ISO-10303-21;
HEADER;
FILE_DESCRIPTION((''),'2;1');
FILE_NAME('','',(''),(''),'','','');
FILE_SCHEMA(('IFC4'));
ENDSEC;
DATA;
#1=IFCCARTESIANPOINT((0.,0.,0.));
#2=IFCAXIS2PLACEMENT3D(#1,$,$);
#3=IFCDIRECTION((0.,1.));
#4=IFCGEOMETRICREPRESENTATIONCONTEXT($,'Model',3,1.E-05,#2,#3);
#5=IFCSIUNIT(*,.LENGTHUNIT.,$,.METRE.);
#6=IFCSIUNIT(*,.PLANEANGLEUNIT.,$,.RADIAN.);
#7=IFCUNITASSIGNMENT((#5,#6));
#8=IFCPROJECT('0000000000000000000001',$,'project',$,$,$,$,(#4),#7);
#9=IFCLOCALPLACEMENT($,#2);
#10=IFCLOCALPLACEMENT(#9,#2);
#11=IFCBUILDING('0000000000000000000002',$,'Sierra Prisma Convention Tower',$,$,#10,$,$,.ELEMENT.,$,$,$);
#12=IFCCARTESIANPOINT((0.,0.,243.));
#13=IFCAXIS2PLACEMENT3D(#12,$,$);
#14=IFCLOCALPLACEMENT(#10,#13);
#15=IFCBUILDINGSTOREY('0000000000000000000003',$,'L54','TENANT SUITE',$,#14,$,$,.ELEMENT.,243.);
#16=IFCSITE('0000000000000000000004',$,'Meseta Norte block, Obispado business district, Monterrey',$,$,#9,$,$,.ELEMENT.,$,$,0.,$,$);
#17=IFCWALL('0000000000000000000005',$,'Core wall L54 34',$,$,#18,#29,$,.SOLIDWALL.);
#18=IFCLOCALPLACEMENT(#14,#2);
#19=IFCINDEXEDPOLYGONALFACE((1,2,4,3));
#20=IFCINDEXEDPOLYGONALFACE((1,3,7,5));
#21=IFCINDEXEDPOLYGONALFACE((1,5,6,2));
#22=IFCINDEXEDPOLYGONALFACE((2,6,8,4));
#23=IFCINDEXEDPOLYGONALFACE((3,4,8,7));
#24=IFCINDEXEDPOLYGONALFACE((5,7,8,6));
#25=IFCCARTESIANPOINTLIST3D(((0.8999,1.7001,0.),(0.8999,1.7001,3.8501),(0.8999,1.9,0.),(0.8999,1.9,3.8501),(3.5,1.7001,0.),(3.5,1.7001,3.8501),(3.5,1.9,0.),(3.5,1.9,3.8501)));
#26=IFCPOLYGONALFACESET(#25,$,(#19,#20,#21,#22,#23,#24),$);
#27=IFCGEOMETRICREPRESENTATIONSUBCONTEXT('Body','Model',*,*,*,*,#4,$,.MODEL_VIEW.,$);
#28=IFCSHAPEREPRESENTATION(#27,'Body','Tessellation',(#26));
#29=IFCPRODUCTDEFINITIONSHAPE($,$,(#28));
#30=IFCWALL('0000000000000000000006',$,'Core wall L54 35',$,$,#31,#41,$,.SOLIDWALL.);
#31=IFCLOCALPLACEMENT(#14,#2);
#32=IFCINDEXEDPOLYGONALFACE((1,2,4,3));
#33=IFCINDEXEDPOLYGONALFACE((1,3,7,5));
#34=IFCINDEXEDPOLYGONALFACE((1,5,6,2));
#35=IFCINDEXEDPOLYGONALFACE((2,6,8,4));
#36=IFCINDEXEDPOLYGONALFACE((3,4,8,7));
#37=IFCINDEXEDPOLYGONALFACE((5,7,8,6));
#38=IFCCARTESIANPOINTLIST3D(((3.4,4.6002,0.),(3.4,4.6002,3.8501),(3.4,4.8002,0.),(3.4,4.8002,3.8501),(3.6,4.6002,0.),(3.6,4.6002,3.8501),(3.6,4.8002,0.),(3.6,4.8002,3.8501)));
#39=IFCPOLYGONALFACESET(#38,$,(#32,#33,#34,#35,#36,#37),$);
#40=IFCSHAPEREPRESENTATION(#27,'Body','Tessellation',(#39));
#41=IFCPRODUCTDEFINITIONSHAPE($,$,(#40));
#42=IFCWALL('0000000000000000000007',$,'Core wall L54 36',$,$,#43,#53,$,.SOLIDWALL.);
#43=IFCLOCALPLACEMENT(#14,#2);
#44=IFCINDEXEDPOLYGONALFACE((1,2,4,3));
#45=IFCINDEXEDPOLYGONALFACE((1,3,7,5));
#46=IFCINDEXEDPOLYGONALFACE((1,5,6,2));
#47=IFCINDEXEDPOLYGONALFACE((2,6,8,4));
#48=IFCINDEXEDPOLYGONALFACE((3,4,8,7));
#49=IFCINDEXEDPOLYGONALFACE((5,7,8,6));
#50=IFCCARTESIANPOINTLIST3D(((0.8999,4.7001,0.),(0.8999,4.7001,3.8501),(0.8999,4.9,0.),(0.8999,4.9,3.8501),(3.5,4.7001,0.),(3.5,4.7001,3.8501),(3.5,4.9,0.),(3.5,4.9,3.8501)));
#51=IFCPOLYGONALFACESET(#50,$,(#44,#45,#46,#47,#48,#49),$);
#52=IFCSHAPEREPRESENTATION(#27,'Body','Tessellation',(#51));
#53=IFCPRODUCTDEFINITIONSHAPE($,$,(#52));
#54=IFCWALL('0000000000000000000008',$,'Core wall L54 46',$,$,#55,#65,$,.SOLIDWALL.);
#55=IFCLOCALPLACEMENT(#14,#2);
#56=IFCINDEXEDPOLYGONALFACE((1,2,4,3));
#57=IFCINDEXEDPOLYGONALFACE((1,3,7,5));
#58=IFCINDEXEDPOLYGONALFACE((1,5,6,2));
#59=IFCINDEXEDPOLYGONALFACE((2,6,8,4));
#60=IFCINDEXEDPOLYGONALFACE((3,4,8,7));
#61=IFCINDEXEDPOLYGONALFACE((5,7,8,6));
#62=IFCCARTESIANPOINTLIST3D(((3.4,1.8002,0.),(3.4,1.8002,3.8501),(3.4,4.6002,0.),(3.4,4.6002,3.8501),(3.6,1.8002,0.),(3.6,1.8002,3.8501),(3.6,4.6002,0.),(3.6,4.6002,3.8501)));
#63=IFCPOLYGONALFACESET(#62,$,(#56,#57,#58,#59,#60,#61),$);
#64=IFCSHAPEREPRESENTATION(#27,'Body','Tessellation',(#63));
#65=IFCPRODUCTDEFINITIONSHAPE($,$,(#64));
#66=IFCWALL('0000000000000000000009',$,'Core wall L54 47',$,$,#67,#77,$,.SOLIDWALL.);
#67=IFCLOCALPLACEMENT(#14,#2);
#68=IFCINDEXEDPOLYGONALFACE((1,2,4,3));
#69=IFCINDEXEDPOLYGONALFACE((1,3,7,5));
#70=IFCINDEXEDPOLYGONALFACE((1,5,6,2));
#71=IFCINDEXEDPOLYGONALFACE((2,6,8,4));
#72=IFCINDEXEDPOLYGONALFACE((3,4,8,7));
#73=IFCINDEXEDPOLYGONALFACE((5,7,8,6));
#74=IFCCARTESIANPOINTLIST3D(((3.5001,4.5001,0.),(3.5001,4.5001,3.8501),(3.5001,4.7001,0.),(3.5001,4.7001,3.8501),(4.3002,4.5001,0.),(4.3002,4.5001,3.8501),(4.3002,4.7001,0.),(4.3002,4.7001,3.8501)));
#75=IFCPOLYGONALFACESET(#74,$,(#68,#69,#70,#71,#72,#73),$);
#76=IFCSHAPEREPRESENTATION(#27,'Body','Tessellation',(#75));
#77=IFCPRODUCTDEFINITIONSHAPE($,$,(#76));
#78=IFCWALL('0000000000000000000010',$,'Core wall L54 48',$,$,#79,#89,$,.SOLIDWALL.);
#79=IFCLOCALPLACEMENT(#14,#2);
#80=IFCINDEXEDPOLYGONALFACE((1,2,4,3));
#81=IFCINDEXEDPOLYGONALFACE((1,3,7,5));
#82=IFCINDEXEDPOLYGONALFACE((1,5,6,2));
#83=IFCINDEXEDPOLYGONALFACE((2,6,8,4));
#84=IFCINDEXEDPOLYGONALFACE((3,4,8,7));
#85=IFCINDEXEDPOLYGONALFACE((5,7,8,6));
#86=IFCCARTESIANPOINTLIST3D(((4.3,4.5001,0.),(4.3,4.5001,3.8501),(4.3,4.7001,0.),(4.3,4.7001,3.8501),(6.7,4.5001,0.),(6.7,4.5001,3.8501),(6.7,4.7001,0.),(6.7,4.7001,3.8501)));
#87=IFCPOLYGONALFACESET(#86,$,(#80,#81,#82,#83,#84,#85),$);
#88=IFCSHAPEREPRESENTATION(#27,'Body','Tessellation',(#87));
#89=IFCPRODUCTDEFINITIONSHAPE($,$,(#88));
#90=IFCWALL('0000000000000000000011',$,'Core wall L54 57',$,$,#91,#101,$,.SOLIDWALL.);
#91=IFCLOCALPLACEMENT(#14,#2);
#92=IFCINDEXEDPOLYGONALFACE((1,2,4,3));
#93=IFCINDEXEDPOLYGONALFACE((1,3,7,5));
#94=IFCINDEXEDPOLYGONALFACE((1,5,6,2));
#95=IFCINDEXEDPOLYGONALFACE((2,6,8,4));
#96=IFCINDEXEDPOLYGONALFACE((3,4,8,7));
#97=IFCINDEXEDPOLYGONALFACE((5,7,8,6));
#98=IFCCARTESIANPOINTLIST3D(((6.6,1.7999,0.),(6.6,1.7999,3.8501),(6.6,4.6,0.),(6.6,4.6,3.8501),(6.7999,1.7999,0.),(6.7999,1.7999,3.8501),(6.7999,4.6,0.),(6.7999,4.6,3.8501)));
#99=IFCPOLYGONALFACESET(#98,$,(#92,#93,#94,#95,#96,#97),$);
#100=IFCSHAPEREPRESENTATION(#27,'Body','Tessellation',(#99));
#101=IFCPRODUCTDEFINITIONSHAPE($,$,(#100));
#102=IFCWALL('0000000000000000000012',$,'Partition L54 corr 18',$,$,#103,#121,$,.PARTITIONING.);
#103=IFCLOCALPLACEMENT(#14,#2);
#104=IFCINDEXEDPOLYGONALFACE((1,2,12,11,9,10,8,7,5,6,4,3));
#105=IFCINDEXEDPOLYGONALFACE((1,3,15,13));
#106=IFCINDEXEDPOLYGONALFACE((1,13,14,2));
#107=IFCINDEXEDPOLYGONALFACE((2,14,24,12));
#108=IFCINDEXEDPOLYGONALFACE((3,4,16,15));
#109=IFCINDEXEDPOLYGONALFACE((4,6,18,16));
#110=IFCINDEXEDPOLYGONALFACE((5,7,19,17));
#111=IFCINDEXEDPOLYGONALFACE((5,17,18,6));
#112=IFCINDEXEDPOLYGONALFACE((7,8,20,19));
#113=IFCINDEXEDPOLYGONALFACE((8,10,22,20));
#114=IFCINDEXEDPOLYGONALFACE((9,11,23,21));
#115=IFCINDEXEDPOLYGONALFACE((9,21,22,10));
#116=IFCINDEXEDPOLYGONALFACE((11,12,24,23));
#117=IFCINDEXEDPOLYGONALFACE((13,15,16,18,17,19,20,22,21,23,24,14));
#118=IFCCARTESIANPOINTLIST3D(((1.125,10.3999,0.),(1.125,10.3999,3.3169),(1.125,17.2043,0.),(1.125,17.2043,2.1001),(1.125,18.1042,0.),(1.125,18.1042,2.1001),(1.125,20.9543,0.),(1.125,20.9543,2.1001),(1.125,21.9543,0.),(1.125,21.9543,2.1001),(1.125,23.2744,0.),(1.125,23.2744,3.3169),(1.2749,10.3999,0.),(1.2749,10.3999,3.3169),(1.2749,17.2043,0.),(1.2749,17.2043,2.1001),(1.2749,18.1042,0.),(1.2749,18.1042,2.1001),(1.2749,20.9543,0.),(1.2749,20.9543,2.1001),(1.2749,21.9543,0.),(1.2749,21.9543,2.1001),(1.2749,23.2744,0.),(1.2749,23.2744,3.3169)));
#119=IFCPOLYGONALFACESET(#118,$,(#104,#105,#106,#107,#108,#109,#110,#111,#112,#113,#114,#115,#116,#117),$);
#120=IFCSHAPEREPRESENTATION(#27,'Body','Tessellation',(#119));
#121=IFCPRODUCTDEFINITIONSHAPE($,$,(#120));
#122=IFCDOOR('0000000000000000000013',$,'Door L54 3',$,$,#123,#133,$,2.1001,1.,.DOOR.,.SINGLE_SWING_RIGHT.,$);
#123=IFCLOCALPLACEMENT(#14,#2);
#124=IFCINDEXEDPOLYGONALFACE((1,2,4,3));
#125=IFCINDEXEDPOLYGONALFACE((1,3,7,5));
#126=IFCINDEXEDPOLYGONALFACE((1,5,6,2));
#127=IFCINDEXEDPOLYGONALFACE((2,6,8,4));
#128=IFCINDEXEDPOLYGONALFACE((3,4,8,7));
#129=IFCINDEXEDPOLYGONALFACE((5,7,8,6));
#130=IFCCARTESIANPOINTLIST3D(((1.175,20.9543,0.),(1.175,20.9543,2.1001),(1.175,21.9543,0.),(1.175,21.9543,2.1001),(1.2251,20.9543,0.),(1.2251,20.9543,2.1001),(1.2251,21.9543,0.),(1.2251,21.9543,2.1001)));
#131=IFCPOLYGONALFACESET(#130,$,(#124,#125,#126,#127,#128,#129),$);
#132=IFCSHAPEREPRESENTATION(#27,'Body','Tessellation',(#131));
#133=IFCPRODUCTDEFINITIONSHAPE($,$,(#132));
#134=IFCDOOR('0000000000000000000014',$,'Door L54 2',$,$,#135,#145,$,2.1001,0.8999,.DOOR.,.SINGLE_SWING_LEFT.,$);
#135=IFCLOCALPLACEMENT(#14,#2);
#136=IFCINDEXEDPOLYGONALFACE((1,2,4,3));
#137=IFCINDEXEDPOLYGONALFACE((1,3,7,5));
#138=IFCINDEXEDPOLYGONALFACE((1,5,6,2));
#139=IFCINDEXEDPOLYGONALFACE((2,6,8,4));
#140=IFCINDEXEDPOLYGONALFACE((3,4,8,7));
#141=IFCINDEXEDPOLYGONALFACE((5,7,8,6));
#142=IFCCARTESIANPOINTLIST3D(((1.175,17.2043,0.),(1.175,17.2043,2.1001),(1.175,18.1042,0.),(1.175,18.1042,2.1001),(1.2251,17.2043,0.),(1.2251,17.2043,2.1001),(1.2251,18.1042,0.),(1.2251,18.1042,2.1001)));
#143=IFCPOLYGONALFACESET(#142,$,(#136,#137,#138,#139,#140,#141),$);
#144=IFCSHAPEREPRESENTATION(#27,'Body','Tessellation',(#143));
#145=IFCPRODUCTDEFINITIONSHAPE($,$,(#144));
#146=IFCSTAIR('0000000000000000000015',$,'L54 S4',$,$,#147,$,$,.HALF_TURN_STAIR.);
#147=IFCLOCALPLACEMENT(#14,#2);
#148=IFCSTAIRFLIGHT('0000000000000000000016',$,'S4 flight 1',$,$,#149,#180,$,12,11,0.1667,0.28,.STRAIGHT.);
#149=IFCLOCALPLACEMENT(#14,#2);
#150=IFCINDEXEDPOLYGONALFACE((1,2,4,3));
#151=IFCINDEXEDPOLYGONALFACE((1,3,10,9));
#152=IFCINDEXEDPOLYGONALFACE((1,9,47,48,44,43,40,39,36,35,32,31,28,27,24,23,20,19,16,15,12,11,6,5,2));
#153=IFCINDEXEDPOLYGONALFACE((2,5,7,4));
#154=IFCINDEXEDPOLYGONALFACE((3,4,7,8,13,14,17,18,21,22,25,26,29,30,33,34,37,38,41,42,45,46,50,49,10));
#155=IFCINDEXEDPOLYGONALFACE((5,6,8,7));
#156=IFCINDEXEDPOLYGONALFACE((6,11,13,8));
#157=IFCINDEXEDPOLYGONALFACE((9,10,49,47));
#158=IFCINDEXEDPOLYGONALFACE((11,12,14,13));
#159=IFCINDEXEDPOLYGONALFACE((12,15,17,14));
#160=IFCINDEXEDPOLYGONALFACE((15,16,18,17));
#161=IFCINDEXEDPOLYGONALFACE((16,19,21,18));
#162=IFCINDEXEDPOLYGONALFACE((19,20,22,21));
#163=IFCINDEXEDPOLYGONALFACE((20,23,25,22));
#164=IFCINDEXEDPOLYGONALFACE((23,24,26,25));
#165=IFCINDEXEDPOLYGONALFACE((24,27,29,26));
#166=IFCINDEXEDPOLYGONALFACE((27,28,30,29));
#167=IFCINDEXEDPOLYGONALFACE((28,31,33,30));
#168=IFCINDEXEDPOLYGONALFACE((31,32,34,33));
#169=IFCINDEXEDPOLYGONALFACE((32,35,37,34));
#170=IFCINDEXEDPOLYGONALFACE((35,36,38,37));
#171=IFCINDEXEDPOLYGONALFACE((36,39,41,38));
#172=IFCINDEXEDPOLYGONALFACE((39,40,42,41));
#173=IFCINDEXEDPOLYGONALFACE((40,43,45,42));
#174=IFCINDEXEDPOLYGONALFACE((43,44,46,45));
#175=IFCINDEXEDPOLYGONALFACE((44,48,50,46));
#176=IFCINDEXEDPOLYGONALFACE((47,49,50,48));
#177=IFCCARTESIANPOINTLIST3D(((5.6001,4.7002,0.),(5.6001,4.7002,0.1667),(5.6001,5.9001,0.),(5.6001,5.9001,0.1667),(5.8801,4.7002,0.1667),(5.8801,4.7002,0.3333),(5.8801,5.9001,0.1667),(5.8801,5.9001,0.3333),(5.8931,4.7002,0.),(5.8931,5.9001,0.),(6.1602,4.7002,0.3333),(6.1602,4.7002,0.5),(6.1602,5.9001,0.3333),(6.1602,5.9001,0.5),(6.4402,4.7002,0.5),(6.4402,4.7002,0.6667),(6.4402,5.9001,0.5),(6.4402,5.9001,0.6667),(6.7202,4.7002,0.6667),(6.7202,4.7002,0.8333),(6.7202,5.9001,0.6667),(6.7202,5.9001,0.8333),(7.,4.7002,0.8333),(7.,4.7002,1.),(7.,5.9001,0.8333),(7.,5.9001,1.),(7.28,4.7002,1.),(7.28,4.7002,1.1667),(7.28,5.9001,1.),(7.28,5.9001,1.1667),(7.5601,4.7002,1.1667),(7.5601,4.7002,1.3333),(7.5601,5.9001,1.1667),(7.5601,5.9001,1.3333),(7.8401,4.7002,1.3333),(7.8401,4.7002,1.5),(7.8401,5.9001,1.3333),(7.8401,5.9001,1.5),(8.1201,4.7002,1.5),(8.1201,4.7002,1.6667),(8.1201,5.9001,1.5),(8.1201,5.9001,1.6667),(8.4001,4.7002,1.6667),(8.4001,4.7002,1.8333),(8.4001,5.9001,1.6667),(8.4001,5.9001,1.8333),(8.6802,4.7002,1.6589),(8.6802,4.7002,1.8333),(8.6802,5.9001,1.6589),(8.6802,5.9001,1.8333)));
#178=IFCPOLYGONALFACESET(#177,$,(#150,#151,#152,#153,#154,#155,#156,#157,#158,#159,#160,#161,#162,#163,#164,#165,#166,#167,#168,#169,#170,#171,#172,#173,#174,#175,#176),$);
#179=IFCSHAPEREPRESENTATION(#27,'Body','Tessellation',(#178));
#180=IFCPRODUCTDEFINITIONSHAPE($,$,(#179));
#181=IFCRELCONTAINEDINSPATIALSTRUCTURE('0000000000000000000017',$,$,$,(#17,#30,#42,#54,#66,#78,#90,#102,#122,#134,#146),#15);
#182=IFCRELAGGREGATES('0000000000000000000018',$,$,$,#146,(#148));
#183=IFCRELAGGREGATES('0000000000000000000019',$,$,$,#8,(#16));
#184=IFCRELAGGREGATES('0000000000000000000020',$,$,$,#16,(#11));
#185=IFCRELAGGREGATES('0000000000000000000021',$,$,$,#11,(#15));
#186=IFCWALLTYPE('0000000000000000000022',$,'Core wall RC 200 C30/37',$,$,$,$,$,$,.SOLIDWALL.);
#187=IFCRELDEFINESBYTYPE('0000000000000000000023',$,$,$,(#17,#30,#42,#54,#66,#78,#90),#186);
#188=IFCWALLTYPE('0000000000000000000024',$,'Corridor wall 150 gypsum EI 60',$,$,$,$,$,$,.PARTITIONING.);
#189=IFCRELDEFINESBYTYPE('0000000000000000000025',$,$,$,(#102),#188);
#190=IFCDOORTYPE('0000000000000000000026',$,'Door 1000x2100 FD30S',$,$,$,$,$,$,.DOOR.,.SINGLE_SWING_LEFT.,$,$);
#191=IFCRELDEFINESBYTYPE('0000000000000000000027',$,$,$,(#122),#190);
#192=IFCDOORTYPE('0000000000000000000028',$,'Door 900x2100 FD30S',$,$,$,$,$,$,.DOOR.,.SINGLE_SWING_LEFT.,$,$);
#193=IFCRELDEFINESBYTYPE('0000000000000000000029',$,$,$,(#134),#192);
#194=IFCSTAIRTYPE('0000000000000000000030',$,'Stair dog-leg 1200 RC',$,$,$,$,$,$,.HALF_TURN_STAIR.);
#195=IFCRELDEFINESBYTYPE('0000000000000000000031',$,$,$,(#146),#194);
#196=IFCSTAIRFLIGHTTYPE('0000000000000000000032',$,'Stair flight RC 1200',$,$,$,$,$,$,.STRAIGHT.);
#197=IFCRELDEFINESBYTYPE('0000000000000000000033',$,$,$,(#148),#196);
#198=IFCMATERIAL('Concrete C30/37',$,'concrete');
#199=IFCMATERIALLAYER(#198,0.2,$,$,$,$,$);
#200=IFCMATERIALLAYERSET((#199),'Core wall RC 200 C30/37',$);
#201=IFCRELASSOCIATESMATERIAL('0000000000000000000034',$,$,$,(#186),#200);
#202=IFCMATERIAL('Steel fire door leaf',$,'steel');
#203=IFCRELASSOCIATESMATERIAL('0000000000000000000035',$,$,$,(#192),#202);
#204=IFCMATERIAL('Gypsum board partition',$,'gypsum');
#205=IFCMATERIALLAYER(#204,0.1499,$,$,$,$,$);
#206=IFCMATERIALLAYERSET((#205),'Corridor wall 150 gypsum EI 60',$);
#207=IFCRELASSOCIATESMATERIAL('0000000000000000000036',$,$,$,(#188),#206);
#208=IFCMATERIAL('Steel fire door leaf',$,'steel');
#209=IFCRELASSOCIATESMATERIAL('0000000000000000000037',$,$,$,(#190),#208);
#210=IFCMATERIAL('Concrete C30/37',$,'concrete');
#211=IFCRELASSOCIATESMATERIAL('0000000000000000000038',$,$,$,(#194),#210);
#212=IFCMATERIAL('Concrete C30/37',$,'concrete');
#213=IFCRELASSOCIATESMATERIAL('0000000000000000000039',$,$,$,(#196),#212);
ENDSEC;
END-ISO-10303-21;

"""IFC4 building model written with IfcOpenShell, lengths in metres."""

from ifc_helpers import new_model, si_unit, direction, frame, frame_2d, origin, place, context, subcontext, project, spatial, polyline, rectangle, outline, extrude, material, layer, layer_set, type_object, element, fill, aggregate, save


model = new_model("IFC4")

# Units and contexts
model_context = context("Model", 3, precision=1e-05, world=origin(), true_north=direction((0.0, 1.0)))
body_context = subcontext(model_context, "Body", "Model", "MODEL_VIEW")
ifc_project = project(units=[si_unit("LENGTHUNIT", "METRE"), si_unit("PLANEANGLEUNIT", "RADIAN")], contexts=[model_context])

# Site, building, storey
site_placement = place(None, origin())
site = spatial("IfcSite", under=ifc_project, at=site_placement, Name="Meseta Norte block, Obispado business district, Monterrey", CompositionType="ELEMENT", RefElevation=0.0)
building_placement = place(site_placement, origin())
building = spatial("IfcBuilding", under=site, at=building_placement, Name="Sierra Prisma Convention Tower", CompositionType="ELEMENT")
storey_placement = place(building_placement, frame((0.0, 0.0, 243.0)))
storey = spatial("IfcBuildingStorey", under=building, at=storey_placement, Name="L54", Description="TENANT SUITE", CompositionType="ELEMENT", Elevation=243.0)

# Shared definitions
ifc_material_1 = material(Name="Concrete C30/37", Category="concrete")
ifc_layer_1 = layer(ifc_material_1, 0.2)
ifc_layer_set_1 = layer_set([ifc_layer_1], Name="Core wall RC 200 C30/37")
wall_type_1 = type_object("IfcWallType", Name="Core wall RC 200 C30/37", PredefinedType="SOLIDWALL", material=ifc_layer_set_1)

# Walls
wall_1_placement = place(storey_placement, frame((3.5, 1.8, 0.0), z_axis=(0.0, 0.0, 1.0), x_axis=(-1.0, 0.0, 0.0)))
element("IfcWall", 1, at=wall_1_placement, inside=storey, type_object=wall_type_1, Name="Core wall L54 34", PredefinedType="SOLIDWALL", context=body_context, shape_type="SweptSolid", body=[
    extrude(rectangle(XDim=2.6001, YDim=0.2, at=frame_2d((1.3, 0.0))), origin(), (0.0, 0.0, 1.0), 3.8501),
])
wall_2_placement = place(storey_placement, frame((3.5, 4.6001, 0.0), z_axis=(0.0, 0.0, 1.0), x_axis=(0.0, 1.0, 0.0)))
element("IfcWall", 2, at=wall_2_placement, inside=storey, type_object=wall_type_1, Name="Core wall L54 35", PredefinedType="SOLIDWALL", context=body_context, shape_type="SweptSolid", body=[
    extrude(rectangle(XDim=0.2, YDim=0.2, at=frame_2d((0.1001, 0.0))), origin(), (0.0, 0.0, 1.0), 3.8501),
])
wall_3_placement = place(storey_placement, frame((3.5, 4.8, 0.0), z_axis=(0.0, 0.0, 1.0), x_axis=(-1.0, 0.0, 0.0)))
element("IfcWall", 3, at=wall_3_placement, inside=storey, type_object=wall_type_1, Name="Core wall L54 36", PredefinedType="SOLIDWALL", context=body_context, shape_type="SweptSolid", body=[
    extrude(rectangle(XDim=2.6001, YDim=0.2, at=frame_2d((1.3, 0.0))), origin(), (0.0, 0.0, 1.0), 3.8501),
])

# Shared definitions
ifc_material_2 = material(Name="Steel fire door leaf", Category="steel")
door_type_1 = type_object("IfcDoorType", Name="Door 900x2100 FD30S", OperationType="SINGLE_SWING_LEFT", PredefinedType="DOOR", material=ifc_material_2)

# Walls
wall_4_placement = place(storey_placement, frame((3.5, 4.6001, 0.0), z_axis=(0.0, 0.0, 1.0), x_axis=(0.0, -1.0, 0.0)))
element("IfcWall", 4, at=wall_4_placement, inside=storey, type_object=wall_type_1, Name="Core wall L54 46", PredefinedType="SOLIDWALL", context=body_context, shape_type="SweptSolid", body=[
    extrude(rectangle(XDim=2.8, YDim=0.2, at=frame_2d((1.3999, 0.0))), origin(), (0.0, 0.0, 1.0), 3.8501),
])
wall_5_placement = place(storey_placement, frame((4.3, 4.6001, 0.0), z_axis=(0.0, 0.0, 1.0), x_axis=(-1.0, 0.0, 0.0)))
element("IfcWall", 5, at=wall_5_placement, inside=storey, type_object=wall_type_1, Name="Core wall L54 47", PredefinedType="SOLIDWALL", context=body_context, shape_type="SweptSolid", body=[
    extrude(rectangle(XDim=0.8, YDim=0.2, at=frame_2d((0.3999, 0.0))), origin(), (0.0, 0.0, 1.0), 3.8501),
])
wall_6_placement = place(storey_placement, frame((6.7, 4.6001, 0.0), z_axis=(0.0, 0.0, 1.0), x_axis=(-1.0, 0.0, 0.0)))
element("IfcWall", 6, at=wall_6_placement, inside=storey, type_object=wall_type_1, Name="Core wall L54 48", PredefinedType="SOLIDWALL", context=body_context, shape_type="SweptSolid", body=[
    extrude(rectangle(XDim=2.3999, YDim=0.2, at=frame_2d((1.2, 0.0))), origin(), (0.0, 0.0, 1.0), 3.8501),
])

# Wall
wall_7_placement = place(storey_placement, frame((6.7, 1.8, 0.0), z_axis=(0.0, 0.0, 1.0), x_axis=(0.0, 1.0, 0.0)))
element("IfcWall", 7, at=wall_7_placement, inside=storey, type_object=wall_type_1, Name="Core wall L54 57", PredefinedType="SOLIDWALL", context=body_context, shape_type="SweptSolid", body=[
    extrude(rectangle(XDim=2.8, YDim=0.2, at=frame_2d((1.3999, 0.0))), origin(), (0.0, 0.0, 1.0), 3.8501),
])

# Wall, openings, doors
ifc_material_3 = material(Name="Gypsum board partition", Category="gypsum")
ifc_layer_2 = layer(ifc_material_3, 0.1499)
ifc_layer_set_2 = layer_set([ifc_layer_2], Name="Corridor wall 150 gypsum EI 60")
wall_type_2 = type_object("IfcWallType", Name="Corridor wall 150 gypsum EI 60", PredefinedType="PARTITIONING", material=ifc_layer_set_2)
wall_8_placement = place(storey_placement, frame((1.2, 10.3999, 0.0), z_axis=(0.0, 0.0, 1.0), x_axis=(0.0, 1.0, 0.0)))
wall_8 = element("IfcWall", 8, at=wall_8_placement, inside=storey, type_object=wall_type_2, Name="Partition L54 corr 18", PredefinedType="PARTITIONING", context=body_context, shape_type="SweptSolid", body=[
    extrude(rectangle(XDim=12.8745, YDim=0.1499, at=frame_2d((6.4373, 0.0))), origin(), (0.0, 0.0, 1.0), 3.3169),
])
opening_1_placement = place(wall_8_placement, frame((6.8044, 0.0, 0.0)))
opening_1 = element("IfcOpeningElement", 9, at=opening_1_placement, cuts=wall_8, PredefinedType="OPENING", context=body_context, shape_type="SweptSolid", body=[
    extrude(rectangle(XDim=0.8999, YDim=2.1001, at=frame_2d((0.45, 1.05))), frame((0.0, 0.075, 0.0), z_axis=(0.0, -1.0, 0.0), x_axis=(1.0, 0.0, 0.0)), (0.0, 0.0, 1.0), 0.1499),
])
opening_2_placement = place(wall_8_placement, frame((10.5544, 0.0, 0.0)))
opening_2 = element("IfcOpeningElement", 10, at=opening_2_placement, cuts=wall_8, PredefinedType="OPENING", context=body_context, shape_type="SweptSolid", body=[
    extrude(rectangle(XDim=1.0, YDim=2.1001, at=frame_2d((0.5, 1.05))), frame((0.0, 0.075, 0.0), z_axis=(0.0, -1.0, 0.0), x_axis=(1.0, 0.0, 0.0)), (0.0, 0.0, 1.0), 0.1499),
])
ifc_material_4 = material(Name="Steel fire door leaf", Category="steel")
door_type_2 = type_object("IfcDoorType", Name="Door 1000x2100 FD30S", OperationType="SINGLE_SWING_LEFT", PredefinedType="DOOR", material=ifc_material_4)
door_1_placement = place(opening_2_placement, origin())
door_1 = element("IfcDoor", 11, at=door_1_placement, inside=storey, type_object=door_type_2, Name="Door L54 3", OperationType="SINGLE_SWING_RIGHT", OverallHeight=2.1001, OverallWidth=1.0, PredefinedType="DOOR", context=body_context, shape_type="SweptSolid", body=[
    extrude(rectangle(XDim=1.0, YDim=2.1001, at=frame_2d((0.5, 1.05))), frame((0.0, 0.0249, 0.0), z_axis=(0.0, -1.0, 0.0), x_axis=(1.0, 0.0, 0.0)), (0.0, 0.0, 1.0), 0.05),
])
fill(opening_2, door_1)
door_2_placement = place(opening_1_placement, origin())
door_2 = element("IfcDoor", 12, at=door_2_placement, inside=storey, type_object=door_type_1, Name="Door L54 2", OperationType="SINGLE_SWING_LEFT", OverallHeight=2.1001, OverallWidth=0.8999, PredefinedType="DOOR", context=body_context, shape_type="SweptSolid", body=[
    extrude(rectangle(XDim=0.8999, YDim=2.1001, at=frame_2d((0.45, 1.05))), frame((0.0, 0.0249, 0.0), z_axis=(0.0, -1.0, 0.0), x_axis=(1.0, 0.0, 0.0)), (0.0, 0.0, 1.0), 0.05),
])
fill(opening_1, door_2)

# Stair, stair flight
ifc_material_5 = material(Name="Concrete C30/37", Category="concrete")
stair_type = type_object("IfcStairType", Name="Stair dog-leg 1200 RC", PredefinedType="HALF_TURN_STAIR", material=ifc_material_5)
stair_placement = place(storey_placement, origin())
stair = element("IfcStair", 13, at=stair_placement, inside=storey, type_object=stair_type, Name="L54 S4", PredefinedType="HALF_TURN_STAIR")
ifc_material_6 = material(Name="Concrete C30/37", Category="concrete")
stair_flight_type = type_object("IfcStairFlightType", Name="Stair flight RC 1200", PredefinedType="STRAIGHT", material=ifc_material_6)
stair_flight_placement = place(storey_placement, frame((5.6001, 5.3, 0.0), z_axis=(0.0, 0.0, 1.0), x_axis=(1.0, 0.0, 0.0)))
stair_flight = element("IfcStairFlight", 14, at=stair_flight_placement, type_object=stair_flight_type, Name="S4 flight 1", NumberOfRisers=12, NumberOfTreads=11, PredefinedType="STRAIGHT", RiserHeight=0.1667, TreadLength=0.28, context=body_context, shape_type="SweptSolid", body=[
    extrude(outline(polyline([(0.0, 0.0), (0.0, 0.1667), (0.28, 0.1667), (0.28, 0.3333), (0.5601, 0.3333), (0.5601, 0.5), (0.8401, 0.5), (0.8401, 0.6667), (1.1201, 0.6667), (1.1201, 0.8333), (1.3999, 0.8333), (1.3999, 1.0), (1.6799, 1.0), (1.6799, 1.1667), (1.96, 1.1667), (1.96, 1.3333), (2.24, 1.3333), (2.24, 1.5), (2.52, 1.5), (2.52, 1.6667), (2.8, 1.6667), (2.8, 1.8333), (3.0801, 1.8333), (3.0801, 2.0), (3.0801, 1.6589), (0.293, 0.0), (0.0, 0.0)])), frame((0.0, 0.6001, 0.0), z_axis=(0.0, -1.0, 0.0), x_axis=(1.0, 0.0, 0.0)), (0.0, 0.0, 1.0), 1.2),
])
aggregate(stair, [stair_flight])

save(model, "model.ifc")
